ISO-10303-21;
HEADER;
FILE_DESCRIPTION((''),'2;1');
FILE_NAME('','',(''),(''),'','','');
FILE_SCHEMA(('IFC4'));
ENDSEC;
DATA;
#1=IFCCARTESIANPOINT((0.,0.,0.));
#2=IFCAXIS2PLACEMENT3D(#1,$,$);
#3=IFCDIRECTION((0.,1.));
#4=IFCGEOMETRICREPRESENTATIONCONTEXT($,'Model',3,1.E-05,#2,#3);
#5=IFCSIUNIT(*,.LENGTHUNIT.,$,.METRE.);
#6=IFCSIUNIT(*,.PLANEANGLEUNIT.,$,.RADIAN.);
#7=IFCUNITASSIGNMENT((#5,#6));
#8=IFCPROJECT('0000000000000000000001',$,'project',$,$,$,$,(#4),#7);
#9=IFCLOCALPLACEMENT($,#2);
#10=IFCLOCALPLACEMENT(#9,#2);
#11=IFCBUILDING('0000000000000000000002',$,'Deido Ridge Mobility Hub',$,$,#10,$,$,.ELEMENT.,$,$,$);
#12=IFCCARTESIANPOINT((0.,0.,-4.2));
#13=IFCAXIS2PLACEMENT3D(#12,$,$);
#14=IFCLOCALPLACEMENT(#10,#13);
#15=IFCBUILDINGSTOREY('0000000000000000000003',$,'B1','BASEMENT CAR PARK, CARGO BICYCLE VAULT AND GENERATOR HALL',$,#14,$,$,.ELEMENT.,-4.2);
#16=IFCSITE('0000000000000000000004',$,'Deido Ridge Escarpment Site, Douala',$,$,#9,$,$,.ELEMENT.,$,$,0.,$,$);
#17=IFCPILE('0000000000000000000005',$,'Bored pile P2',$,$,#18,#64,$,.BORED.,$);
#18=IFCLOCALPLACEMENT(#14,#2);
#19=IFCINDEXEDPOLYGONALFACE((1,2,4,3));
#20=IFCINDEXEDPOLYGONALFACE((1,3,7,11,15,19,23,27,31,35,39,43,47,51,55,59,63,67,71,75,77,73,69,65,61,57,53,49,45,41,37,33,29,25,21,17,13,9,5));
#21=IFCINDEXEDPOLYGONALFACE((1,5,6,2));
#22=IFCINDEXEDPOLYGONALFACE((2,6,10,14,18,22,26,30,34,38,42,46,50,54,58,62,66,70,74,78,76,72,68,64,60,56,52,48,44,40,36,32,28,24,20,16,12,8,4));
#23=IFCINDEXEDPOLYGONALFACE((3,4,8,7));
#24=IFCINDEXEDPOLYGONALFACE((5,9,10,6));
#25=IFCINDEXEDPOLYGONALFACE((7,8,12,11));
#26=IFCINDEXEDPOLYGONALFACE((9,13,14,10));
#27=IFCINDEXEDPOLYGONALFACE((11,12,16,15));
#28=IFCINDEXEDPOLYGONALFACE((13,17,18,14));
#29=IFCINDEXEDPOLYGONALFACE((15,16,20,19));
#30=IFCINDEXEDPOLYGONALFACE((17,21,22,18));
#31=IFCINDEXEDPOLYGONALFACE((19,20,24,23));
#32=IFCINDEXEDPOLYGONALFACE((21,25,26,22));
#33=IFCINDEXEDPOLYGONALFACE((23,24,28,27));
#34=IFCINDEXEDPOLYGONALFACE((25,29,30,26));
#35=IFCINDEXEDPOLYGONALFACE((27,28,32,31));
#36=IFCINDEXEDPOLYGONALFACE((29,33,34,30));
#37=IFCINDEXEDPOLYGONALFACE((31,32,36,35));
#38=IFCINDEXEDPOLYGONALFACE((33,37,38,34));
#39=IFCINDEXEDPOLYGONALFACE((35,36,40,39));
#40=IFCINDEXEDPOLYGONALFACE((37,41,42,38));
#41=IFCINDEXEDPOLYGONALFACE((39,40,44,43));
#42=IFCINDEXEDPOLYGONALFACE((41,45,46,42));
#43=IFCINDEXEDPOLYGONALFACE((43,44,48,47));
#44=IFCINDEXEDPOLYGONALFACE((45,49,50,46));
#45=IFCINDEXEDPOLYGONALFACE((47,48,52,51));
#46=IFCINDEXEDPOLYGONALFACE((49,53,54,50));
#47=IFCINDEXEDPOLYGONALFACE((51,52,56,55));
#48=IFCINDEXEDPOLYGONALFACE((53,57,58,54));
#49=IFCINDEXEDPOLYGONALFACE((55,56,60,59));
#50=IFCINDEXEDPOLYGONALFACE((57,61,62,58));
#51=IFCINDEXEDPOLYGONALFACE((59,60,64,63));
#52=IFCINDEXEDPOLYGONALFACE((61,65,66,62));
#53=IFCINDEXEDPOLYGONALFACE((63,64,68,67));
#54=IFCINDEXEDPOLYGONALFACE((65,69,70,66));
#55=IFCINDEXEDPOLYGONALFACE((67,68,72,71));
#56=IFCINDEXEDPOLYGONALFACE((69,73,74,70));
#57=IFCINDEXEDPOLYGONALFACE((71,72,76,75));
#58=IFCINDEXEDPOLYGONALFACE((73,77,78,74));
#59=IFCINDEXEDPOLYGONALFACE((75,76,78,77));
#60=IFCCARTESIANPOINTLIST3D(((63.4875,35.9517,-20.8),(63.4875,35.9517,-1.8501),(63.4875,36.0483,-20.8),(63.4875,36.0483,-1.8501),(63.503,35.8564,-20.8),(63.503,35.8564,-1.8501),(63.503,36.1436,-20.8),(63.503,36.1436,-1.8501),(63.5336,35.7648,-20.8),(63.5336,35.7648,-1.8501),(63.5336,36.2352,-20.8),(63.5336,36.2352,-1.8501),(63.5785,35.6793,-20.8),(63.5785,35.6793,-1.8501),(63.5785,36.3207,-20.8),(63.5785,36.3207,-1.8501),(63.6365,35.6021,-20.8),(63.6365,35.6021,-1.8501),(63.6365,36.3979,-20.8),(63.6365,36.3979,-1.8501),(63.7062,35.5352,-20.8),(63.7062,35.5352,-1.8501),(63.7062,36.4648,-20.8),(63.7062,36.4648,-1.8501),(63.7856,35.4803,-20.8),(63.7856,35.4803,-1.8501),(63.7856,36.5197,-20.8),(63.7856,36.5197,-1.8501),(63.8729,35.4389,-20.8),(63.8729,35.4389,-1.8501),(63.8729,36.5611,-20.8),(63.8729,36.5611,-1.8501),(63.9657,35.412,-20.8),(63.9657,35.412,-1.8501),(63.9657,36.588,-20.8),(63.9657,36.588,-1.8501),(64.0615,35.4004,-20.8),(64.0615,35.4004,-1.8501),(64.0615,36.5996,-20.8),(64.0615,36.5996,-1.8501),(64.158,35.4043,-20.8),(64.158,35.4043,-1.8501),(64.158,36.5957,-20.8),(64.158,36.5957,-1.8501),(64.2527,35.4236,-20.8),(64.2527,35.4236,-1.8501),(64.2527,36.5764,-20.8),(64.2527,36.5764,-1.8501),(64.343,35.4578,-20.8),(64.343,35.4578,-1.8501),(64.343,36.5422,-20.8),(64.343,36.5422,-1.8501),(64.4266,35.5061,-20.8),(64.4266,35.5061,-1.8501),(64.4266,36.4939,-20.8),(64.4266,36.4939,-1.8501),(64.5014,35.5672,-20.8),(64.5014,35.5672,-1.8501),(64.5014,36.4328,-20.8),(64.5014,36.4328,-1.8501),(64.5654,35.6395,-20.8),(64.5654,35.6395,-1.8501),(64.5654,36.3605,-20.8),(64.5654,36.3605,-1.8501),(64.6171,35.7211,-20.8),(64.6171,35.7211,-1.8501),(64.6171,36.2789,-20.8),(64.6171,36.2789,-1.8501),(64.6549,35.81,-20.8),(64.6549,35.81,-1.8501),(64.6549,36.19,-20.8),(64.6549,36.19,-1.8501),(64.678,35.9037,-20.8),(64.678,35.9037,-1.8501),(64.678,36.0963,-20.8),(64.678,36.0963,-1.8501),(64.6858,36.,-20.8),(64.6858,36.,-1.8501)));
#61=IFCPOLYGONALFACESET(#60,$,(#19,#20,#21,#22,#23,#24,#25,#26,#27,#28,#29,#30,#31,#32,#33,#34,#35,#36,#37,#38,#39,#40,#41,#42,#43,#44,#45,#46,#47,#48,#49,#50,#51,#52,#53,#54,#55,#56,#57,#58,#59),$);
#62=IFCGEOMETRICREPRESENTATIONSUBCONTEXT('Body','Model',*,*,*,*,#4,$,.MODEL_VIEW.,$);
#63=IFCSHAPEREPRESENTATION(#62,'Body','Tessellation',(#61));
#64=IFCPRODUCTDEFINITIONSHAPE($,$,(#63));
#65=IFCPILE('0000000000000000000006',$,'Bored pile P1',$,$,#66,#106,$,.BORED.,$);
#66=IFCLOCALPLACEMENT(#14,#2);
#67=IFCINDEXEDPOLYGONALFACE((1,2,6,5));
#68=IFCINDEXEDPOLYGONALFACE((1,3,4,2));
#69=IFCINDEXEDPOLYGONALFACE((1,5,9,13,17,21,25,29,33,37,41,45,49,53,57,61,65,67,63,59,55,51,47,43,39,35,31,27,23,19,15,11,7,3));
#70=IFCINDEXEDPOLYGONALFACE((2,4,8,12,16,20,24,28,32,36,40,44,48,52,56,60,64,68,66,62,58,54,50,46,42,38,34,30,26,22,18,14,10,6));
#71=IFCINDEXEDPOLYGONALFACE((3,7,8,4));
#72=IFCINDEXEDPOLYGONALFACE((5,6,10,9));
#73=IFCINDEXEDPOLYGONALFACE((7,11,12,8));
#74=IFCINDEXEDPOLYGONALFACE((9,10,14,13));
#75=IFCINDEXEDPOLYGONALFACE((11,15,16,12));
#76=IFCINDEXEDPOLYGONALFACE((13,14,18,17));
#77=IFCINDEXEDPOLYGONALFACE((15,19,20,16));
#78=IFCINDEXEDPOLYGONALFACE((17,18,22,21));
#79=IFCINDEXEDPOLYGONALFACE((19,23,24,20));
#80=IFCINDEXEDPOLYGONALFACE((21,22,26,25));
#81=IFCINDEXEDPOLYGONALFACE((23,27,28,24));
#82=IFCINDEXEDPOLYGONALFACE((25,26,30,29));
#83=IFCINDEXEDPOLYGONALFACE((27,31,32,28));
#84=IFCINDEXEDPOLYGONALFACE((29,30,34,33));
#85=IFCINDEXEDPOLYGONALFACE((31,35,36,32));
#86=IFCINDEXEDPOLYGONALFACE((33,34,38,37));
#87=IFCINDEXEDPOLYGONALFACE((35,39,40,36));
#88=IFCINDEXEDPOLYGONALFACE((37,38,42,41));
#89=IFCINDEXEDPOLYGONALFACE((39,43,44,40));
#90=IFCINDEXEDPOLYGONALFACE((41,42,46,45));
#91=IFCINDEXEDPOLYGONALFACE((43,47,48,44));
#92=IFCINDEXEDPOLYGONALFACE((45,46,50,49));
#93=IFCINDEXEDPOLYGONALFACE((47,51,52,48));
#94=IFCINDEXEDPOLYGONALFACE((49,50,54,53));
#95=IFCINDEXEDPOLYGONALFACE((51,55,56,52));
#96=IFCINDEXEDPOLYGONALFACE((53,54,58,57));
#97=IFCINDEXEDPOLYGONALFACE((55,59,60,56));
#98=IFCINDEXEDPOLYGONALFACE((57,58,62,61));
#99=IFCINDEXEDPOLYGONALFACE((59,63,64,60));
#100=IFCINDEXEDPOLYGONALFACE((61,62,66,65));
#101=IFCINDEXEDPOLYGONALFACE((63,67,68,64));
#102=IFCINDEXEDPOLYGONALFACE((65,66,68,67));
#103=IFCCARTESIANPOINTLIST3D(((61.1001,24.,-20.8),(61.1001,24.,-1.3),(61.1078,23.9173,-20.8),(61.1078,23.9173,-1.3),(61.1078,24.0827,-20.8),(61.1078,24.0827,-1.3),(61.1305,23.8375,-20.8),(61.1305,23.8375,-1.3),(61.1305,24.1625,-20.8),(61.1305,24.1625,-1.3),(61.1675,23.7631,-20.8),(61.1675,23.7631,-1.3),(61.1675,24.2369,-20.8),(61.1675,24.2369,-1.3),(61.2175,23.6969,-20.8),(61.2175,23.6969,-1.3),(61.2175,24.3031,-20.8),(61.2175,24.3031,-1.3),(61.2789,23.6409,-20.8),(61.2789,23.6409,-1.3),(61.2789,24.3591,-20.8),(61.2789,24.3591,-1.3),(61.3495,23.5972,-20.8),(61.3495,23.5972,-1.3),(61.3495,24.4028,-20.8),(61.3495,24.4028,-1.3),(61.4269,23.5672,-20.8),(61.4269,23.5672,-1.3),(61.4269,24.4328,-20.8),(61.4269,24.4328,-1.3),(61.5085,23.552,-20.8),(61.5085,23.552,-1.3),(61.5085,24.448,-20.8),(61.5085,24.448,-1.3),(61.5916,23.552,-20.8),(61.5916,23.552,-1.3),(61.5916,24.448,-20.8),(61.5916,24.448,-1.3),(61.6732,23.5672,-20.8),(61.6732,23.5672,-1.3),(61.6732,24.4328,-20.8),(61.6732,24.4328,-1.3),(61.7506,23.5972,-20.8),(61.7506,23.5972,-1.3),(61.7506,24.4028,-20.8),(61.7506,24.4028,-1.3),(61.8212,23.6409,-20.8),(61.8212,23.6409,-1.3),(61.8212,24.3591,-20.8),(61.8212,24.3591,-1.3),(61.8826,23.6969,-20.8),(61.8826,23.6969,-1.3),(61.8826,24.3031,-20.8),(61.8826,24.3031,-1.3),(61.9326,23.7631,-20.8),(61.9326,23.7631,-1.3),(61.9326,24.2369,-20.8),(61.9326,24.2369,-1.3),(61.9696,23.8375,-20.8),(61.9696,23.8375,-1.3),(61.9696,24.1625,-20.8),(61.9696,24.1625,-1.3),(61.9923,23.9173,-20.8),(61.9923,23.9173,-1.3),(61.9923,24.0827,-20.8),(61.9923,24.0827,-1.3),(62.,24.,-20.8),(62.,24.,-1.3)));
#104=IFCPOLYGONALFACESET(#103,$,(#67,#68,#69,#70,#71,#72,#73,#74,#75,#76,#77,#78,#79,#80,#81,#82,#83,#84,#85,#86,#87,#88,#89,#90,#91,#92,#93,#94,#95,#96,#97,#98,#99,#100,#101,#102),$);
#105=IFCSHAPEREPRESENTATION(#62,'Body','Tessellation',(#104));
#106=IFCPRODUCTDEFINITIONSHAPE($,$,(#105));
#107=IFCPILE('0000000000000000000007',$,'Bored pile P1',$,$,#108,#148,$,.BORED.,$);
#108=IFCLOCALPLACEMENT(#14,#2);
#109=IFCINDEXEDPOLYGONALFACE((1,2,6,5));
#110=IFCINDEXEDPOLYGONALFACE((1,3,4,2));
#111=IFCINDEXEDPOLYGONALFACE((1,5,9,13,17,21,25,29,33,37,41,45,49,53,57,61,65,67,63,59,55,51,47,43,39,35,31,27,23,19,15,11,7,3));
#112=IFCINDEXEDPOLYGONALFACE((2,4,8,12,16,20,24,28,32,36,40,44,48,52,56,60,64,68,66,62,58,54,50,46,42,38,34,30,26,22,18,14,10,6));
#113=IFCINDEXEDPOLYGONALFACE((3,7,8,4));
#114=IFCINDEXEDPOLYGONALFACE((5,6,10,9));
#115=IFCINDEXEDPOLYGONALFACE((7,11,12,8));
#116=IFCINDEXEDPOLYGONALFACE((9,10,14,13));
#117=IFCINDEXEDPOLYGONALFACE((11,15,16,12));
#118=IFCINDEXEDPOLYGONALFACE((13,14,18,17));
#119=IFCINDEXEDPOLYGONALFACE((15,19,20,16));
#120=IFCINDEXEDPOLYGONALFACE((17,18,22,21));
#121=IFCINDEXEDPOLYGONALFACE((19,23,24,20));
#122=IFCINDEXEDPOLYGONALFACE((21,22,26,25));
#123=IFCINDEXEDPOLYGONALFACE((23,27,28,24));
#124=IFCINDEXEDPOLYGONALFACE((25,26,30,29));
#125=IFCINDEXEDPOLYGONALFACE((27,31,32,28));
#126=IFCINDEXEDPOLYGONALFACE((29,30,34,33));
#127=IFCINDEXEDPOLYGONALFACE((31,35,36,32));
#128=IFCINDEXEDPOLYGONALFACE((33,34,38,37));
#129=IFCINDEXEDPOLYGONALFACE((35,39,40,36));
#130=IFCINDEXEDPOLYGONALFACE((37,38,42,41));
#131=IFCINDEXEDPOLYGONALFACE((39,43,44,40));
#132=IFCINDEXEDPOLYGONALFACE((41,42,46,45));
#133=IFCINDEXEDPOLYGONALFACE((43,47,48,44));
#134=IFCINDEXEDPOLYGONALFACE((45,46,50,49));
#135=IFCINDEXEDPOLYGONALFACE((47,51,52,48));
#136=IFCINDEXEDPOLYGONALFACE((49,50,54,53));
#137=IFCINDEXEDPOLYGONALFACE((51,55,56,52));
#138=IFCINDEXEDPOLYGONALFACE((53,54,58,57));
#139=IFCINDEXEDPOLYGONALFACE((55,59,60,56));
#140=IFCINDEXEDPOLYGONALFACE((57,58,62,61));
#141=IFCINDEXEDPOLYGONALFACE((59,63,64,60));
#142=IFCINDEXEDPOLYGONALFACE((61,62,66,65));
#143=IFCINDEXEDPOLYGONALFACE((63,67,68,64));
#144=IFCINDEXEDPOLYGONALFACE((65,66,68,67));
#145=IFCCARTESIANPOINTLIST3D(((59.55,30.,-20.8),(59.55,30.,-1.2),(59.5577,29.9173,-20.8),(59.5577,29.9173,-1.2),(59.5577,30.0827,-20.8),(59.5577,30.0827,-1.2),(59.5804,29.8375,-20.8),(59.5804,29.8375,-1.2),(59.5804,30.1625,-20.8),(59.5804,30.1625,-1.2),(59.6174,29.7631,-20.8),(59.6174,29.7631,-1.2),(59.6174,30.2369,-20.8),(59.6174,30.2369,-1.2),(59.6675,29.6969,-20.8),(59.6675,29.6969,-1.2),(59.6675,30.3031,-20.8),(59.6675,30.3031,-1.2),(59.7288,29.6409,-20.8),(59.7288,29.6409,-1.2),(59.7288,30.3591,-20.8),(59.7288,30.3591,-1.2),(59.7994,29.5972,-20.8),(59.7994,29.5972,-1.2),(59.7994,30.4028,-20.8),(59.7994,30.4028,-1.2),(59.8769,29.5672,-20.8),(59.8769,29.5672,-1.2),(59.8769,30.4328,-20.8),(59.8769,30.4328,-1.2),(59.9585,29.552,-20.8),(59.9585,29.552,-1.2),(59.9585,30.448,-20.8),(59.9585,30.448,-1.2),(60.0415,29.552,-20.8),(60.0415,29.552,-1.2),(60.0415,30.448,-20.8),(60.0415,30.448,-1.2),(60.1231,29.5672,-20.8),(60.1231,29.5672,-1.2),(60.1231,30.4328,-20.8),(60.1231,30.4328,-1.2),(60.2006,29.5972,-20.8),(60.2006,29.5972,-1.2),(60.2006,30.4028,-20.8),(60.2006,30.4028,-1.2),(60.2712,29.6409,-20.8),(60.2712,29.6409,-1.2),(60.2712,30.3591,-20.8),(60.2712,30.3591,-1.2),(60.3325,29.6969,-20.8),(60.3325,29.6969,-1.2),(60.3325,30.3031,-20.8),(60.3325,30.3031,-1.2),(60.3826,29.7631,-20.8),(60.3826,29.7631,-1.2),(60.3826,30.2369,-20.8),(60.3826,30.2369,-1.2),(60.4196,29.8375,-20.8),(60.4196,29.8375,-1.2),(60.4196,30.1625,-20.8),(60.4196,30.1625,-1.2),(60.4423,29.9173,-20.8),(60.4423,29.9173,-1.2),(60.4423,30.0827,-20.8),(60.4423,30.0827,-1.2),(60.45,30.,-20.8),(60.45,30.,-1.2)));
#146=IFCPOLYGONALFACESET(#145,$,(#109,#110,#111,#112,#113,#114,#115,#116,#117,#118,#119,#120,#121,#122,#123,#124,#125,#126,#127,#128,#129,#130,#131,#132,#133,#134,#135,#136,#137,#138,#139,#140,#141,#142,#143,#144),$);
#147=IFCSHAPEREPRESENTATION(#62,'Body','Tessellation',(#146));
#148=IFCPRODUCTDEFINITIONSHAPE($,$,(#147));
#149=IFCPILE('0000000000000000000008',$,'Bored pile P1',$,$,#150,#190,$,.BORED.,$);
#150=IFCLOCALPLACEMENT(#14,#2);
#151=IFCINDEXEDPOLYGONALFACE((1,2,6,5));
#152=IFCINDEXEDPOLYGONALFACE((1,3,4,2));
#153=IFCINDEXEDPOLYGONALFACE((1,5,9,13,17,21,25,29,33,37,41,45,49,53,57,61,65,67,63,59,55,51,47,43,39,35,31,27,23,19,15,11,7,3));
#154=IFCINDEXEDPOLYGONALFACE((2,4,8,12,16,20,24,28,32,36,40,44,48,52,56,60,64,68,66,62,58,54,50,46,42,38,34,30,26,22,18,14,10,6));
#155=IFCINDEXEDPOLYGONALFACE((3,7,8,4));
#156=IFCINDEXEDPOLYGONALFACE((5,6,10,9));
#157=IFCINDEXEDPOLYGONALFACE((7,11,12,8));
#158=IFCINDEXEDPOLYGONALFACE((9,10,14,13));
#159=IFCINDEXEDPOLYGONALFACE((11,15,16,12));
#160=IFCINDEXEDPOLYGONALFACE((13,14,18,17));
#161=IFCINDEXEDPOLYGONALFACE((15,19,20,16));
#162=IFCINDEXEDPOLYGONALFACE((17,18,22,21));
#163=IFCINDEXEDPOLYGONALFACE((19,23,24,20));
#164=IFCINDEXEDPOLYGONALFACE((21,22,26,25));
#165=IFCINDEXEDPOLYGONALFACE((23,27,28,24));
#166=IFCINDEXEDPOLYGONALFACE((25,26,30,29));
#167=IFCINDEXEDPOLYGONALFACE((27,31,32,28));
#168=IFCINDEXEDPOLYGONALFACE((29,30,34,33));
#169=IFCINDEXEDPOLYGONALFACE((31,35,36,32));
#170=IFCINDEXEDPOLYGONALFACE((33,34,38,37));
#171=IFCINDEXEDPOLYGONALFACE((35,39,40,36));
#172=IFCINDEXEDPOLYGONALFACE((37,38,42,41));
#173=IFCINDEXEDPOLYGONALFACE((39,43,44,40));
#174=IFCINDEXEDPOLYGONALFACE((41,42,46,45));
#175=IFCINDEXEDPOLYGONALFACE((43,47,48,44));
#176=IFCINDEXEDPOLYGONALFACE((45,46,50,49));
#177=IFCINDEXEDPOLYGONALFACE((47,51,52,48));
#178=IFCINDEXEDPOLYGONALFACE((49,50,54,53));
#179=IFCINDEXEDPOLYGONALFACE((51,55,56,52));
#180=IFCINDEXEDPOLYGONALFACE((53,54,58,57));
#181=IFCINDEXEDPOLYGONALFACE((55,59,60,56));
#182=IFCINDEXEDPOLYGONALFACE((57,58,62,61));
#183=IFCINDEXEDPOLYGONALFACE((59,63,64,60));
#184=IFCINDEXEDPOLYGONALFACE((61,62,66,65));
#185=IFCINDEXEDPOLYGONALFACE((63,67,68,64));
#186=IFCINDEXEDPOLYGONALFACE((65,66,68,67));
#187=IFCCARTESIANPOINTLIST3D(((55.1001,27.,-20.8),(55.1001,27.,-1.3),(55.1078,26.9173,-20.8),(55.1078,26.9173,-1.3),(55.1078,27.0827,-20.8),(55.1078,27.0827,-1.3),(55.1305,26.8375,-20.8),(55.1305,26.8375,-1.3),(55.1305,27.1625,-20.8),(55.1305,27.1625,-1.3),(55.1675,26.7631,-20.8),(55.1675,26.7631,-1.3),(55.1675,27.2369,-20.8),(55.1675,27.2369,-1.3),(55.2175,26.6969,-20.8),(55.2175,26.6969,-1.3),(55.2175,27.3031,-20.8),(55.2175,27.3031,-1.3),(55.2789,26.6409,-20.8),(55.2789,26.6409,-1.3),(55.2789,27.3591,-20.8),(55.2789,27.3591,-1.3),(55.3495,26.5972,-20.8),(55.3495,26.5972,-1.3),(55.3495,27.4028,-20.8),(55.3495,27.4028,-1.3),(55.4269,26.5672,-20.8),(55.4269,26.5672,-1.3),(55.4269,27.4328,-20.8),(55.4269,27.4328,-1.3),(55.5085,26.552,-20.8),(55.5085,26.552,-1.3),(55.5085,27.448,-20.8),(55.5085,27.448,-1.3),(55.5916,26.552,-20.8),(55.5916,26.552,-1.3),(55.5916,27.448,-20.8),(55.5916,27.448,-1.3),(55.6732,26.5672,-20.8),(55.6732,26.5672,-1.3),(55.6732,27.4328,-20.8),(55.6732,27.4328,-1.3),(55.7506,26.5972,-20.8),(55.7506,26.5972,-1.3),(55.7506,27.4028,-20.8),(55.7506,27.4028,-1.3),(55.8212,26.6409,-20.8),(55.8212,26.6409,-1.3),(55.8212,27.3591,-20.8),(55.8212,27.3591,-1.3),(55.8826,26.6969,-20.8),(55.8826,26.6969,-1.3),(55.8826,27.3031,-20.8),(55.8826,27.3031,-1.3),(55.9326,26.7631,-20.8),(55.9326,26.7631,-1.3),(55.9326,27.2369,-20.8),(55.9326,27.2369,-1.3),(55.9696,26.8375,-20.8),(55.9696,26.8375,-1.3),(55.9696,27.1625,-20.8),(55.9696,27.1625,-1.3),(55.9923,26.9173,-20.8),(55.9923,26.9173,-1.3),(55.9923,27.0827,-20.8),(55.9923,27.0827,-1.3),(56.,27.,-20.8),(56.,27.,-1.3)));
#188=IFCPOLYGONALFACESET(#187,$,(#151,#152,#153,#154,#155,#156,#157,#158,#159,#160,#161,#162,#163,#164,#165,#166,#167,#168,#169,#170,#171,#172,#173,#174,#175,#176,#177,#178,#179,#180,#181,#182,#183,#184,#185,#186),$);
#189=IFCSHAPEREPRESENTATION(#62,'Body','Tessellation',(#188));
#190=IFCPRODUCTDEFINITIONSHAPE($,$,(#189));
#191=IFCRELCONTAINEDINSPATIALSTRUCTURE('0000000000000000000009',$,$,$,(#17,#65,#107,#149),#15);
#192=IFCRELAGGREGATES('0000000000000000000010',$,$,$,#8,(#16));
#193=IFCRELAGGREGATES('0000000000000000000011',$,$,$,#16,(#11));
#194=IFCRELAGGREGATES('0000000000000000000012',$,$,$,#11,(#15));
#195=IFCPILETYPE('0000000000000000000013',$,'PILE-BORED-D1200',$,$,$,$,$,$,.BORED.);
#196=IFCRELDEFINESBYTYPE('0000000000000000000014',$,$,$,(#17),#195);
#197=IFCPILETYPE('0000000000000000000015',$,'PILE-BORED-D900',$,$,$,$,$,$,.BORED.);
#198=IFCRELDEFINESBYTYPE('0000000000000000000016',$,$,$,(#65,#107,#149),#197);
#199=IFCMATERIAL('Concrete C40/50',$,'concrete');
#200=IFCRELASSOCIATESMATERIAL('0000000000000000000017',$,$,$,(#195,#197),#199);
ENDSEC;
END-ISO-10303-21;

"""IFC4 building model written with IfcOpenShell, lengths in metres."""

from ifc_helpers import new_model, si_unit, direction, frame, origin, origin_2d, place, context, subcontext, project, spatial, circle, extrude, material, material_profile, profile_set, type_object, element, save


model = new_model("IFC4")

# Units and contexts
model_context = context("Model", 3, precision=1e-05, world=origin(), true_north=direction((0.0, 1.0)))
body_context = subcontext(model_context, "Body", "Model", "MODEL_VIEW")
ifc_project = project(units=[si_unit("LENGTHUNIT", "METRE"), si_unit("PLANEANGLEUNIT", "RADIAN")], contexts=[model_context])

# Site, building, storey
site_placement = place(None, origin())
site = spatial("IfcSite", under=ifc_project, at=site_placement, Name="Deido Ridge Escarpment Site, Douala", CompositionType="ELEMENT", RefElevation=0.0)
building_placement = place(site_placement, origin())
building = spatial("IfcBuilding", under=site, at=building_placement, Name="Deido Ridge Mobility Hub", CompositionType="ELEMENT")
storey_placement = place(building_placement, frame((0.0, 0.0, -4.2)))
storey = spatial("IfcBuildingStorey", under=building, at=storey_placement, Name="B1", Description="BASEMENT CAR PARK, CARGO BICYCLE VAULT AND GENERATOR HALL", CompositionType="ELEMENT", Elevation=-4.2)

# Shared definitions
ifc_material_1 = material(Name="Concrete C40/50", Category="concrete")

# Piles
ifc_material_profile_1 = material_profile(ifc_material_1, circle(Radius=0.6001, at=origin_2d()), Name="BORED PILE D1200")
ifc_profile_set_1 = profile_set([ifc_material_profile_1], Name="Concrete C40/50")
pile_type_1 = type_object("IfcPileType", Name="PILE-BORED-D1200", PredefinedType="BORED", material=ifc_profile_set_1)
for number, where, z_axis, x_axis, name in (
    (1, (64.0857, 36.0, -1.8501), (0.0, 0.0, -1.0), (1.0, 0.0, 0.0), "Bored pile P2"),
):
    element("IfcPile", number, at=place(storey_placement, frame(where, z_axis=z_axis, x_axis=x_axis)), inside=storey, type_object=pile_type_1, Name=name, PredefinedType="BORED", context=body_context, shape_type="SweptSolid", body=[
        extrude(circle(Radius=0.6001, at=origin_2d()), origin(), (0.0, 0.0, 1.0), 18.95),
    ])
ifc_material_profile_2 = material_profile(ifc_material_1, circle(Radius=0.45, at=origin_2d()), Name="BORED PILE D900")
ifc_profile_set_2 = profile_set([ifc_material_profile_2], Name="Concrete C40/50")
pile_type_2 = type_object("IfcPileType", Name="PILE-BORED-D900", PredefinedType="BORED", material=ifc_profile_set_2)
pile_1_placement = place(storey_placement, frame((61.55, 24.0, -1.3), z_axis=(0.0, 0.0, -1.0), x_axis=(1.0, 0.0, 0.0)))
element("IfcPile", 2, at=pile_1_placement, inside=storey, type_object=pile_type_2, Name="Bored pile P1", PredefinedType="BORED", context=body_context, shape_type="SweptSolid", body=[
    extrude(circle(Radius=0.45, at=origin_2d()), origin(), (0.0, 0.0, 1.0), 19.5),
])
pile_2_placement = place(storey_placement, frame((60.0, 30.0, -1.2), z_axis=(0.0, 0.0, -1.0), x_axis=(1.0, 0.0, 0.0)))
element("IfcPile", 3, at=pile_2_placement, inside=storey, type_object=pile_type_2, Name="Bored pile P1", PredefinedType="BORED", context=body_context, shape_type="SweptSolid", body=[
    extrude(circle(Radius=0.45, at=origin_2d()), origin(), (0.0, 0.0, 1.0), 19.6001),
])
pile_3_placement = place(storey_placement, frame((55.55, 27.0, -1.3), z_axis=(0.0, 0.0, -1.0), x_axis=(1.0, 0.0, 0.0)))
element("IfcPile", 4, at=pile_3_placement, inside=storey, type_object=pile_type_2, Name="Bored pile P1", PredefinedType="BORED", context=body_context, shape_type="SweptSolid", body=[
    extrude(circle(Radius=0.45, at=origin_2d()), origin(), (0.0, 0.0, 1.0), 19.5),
])

save(model, "model.ifc")
